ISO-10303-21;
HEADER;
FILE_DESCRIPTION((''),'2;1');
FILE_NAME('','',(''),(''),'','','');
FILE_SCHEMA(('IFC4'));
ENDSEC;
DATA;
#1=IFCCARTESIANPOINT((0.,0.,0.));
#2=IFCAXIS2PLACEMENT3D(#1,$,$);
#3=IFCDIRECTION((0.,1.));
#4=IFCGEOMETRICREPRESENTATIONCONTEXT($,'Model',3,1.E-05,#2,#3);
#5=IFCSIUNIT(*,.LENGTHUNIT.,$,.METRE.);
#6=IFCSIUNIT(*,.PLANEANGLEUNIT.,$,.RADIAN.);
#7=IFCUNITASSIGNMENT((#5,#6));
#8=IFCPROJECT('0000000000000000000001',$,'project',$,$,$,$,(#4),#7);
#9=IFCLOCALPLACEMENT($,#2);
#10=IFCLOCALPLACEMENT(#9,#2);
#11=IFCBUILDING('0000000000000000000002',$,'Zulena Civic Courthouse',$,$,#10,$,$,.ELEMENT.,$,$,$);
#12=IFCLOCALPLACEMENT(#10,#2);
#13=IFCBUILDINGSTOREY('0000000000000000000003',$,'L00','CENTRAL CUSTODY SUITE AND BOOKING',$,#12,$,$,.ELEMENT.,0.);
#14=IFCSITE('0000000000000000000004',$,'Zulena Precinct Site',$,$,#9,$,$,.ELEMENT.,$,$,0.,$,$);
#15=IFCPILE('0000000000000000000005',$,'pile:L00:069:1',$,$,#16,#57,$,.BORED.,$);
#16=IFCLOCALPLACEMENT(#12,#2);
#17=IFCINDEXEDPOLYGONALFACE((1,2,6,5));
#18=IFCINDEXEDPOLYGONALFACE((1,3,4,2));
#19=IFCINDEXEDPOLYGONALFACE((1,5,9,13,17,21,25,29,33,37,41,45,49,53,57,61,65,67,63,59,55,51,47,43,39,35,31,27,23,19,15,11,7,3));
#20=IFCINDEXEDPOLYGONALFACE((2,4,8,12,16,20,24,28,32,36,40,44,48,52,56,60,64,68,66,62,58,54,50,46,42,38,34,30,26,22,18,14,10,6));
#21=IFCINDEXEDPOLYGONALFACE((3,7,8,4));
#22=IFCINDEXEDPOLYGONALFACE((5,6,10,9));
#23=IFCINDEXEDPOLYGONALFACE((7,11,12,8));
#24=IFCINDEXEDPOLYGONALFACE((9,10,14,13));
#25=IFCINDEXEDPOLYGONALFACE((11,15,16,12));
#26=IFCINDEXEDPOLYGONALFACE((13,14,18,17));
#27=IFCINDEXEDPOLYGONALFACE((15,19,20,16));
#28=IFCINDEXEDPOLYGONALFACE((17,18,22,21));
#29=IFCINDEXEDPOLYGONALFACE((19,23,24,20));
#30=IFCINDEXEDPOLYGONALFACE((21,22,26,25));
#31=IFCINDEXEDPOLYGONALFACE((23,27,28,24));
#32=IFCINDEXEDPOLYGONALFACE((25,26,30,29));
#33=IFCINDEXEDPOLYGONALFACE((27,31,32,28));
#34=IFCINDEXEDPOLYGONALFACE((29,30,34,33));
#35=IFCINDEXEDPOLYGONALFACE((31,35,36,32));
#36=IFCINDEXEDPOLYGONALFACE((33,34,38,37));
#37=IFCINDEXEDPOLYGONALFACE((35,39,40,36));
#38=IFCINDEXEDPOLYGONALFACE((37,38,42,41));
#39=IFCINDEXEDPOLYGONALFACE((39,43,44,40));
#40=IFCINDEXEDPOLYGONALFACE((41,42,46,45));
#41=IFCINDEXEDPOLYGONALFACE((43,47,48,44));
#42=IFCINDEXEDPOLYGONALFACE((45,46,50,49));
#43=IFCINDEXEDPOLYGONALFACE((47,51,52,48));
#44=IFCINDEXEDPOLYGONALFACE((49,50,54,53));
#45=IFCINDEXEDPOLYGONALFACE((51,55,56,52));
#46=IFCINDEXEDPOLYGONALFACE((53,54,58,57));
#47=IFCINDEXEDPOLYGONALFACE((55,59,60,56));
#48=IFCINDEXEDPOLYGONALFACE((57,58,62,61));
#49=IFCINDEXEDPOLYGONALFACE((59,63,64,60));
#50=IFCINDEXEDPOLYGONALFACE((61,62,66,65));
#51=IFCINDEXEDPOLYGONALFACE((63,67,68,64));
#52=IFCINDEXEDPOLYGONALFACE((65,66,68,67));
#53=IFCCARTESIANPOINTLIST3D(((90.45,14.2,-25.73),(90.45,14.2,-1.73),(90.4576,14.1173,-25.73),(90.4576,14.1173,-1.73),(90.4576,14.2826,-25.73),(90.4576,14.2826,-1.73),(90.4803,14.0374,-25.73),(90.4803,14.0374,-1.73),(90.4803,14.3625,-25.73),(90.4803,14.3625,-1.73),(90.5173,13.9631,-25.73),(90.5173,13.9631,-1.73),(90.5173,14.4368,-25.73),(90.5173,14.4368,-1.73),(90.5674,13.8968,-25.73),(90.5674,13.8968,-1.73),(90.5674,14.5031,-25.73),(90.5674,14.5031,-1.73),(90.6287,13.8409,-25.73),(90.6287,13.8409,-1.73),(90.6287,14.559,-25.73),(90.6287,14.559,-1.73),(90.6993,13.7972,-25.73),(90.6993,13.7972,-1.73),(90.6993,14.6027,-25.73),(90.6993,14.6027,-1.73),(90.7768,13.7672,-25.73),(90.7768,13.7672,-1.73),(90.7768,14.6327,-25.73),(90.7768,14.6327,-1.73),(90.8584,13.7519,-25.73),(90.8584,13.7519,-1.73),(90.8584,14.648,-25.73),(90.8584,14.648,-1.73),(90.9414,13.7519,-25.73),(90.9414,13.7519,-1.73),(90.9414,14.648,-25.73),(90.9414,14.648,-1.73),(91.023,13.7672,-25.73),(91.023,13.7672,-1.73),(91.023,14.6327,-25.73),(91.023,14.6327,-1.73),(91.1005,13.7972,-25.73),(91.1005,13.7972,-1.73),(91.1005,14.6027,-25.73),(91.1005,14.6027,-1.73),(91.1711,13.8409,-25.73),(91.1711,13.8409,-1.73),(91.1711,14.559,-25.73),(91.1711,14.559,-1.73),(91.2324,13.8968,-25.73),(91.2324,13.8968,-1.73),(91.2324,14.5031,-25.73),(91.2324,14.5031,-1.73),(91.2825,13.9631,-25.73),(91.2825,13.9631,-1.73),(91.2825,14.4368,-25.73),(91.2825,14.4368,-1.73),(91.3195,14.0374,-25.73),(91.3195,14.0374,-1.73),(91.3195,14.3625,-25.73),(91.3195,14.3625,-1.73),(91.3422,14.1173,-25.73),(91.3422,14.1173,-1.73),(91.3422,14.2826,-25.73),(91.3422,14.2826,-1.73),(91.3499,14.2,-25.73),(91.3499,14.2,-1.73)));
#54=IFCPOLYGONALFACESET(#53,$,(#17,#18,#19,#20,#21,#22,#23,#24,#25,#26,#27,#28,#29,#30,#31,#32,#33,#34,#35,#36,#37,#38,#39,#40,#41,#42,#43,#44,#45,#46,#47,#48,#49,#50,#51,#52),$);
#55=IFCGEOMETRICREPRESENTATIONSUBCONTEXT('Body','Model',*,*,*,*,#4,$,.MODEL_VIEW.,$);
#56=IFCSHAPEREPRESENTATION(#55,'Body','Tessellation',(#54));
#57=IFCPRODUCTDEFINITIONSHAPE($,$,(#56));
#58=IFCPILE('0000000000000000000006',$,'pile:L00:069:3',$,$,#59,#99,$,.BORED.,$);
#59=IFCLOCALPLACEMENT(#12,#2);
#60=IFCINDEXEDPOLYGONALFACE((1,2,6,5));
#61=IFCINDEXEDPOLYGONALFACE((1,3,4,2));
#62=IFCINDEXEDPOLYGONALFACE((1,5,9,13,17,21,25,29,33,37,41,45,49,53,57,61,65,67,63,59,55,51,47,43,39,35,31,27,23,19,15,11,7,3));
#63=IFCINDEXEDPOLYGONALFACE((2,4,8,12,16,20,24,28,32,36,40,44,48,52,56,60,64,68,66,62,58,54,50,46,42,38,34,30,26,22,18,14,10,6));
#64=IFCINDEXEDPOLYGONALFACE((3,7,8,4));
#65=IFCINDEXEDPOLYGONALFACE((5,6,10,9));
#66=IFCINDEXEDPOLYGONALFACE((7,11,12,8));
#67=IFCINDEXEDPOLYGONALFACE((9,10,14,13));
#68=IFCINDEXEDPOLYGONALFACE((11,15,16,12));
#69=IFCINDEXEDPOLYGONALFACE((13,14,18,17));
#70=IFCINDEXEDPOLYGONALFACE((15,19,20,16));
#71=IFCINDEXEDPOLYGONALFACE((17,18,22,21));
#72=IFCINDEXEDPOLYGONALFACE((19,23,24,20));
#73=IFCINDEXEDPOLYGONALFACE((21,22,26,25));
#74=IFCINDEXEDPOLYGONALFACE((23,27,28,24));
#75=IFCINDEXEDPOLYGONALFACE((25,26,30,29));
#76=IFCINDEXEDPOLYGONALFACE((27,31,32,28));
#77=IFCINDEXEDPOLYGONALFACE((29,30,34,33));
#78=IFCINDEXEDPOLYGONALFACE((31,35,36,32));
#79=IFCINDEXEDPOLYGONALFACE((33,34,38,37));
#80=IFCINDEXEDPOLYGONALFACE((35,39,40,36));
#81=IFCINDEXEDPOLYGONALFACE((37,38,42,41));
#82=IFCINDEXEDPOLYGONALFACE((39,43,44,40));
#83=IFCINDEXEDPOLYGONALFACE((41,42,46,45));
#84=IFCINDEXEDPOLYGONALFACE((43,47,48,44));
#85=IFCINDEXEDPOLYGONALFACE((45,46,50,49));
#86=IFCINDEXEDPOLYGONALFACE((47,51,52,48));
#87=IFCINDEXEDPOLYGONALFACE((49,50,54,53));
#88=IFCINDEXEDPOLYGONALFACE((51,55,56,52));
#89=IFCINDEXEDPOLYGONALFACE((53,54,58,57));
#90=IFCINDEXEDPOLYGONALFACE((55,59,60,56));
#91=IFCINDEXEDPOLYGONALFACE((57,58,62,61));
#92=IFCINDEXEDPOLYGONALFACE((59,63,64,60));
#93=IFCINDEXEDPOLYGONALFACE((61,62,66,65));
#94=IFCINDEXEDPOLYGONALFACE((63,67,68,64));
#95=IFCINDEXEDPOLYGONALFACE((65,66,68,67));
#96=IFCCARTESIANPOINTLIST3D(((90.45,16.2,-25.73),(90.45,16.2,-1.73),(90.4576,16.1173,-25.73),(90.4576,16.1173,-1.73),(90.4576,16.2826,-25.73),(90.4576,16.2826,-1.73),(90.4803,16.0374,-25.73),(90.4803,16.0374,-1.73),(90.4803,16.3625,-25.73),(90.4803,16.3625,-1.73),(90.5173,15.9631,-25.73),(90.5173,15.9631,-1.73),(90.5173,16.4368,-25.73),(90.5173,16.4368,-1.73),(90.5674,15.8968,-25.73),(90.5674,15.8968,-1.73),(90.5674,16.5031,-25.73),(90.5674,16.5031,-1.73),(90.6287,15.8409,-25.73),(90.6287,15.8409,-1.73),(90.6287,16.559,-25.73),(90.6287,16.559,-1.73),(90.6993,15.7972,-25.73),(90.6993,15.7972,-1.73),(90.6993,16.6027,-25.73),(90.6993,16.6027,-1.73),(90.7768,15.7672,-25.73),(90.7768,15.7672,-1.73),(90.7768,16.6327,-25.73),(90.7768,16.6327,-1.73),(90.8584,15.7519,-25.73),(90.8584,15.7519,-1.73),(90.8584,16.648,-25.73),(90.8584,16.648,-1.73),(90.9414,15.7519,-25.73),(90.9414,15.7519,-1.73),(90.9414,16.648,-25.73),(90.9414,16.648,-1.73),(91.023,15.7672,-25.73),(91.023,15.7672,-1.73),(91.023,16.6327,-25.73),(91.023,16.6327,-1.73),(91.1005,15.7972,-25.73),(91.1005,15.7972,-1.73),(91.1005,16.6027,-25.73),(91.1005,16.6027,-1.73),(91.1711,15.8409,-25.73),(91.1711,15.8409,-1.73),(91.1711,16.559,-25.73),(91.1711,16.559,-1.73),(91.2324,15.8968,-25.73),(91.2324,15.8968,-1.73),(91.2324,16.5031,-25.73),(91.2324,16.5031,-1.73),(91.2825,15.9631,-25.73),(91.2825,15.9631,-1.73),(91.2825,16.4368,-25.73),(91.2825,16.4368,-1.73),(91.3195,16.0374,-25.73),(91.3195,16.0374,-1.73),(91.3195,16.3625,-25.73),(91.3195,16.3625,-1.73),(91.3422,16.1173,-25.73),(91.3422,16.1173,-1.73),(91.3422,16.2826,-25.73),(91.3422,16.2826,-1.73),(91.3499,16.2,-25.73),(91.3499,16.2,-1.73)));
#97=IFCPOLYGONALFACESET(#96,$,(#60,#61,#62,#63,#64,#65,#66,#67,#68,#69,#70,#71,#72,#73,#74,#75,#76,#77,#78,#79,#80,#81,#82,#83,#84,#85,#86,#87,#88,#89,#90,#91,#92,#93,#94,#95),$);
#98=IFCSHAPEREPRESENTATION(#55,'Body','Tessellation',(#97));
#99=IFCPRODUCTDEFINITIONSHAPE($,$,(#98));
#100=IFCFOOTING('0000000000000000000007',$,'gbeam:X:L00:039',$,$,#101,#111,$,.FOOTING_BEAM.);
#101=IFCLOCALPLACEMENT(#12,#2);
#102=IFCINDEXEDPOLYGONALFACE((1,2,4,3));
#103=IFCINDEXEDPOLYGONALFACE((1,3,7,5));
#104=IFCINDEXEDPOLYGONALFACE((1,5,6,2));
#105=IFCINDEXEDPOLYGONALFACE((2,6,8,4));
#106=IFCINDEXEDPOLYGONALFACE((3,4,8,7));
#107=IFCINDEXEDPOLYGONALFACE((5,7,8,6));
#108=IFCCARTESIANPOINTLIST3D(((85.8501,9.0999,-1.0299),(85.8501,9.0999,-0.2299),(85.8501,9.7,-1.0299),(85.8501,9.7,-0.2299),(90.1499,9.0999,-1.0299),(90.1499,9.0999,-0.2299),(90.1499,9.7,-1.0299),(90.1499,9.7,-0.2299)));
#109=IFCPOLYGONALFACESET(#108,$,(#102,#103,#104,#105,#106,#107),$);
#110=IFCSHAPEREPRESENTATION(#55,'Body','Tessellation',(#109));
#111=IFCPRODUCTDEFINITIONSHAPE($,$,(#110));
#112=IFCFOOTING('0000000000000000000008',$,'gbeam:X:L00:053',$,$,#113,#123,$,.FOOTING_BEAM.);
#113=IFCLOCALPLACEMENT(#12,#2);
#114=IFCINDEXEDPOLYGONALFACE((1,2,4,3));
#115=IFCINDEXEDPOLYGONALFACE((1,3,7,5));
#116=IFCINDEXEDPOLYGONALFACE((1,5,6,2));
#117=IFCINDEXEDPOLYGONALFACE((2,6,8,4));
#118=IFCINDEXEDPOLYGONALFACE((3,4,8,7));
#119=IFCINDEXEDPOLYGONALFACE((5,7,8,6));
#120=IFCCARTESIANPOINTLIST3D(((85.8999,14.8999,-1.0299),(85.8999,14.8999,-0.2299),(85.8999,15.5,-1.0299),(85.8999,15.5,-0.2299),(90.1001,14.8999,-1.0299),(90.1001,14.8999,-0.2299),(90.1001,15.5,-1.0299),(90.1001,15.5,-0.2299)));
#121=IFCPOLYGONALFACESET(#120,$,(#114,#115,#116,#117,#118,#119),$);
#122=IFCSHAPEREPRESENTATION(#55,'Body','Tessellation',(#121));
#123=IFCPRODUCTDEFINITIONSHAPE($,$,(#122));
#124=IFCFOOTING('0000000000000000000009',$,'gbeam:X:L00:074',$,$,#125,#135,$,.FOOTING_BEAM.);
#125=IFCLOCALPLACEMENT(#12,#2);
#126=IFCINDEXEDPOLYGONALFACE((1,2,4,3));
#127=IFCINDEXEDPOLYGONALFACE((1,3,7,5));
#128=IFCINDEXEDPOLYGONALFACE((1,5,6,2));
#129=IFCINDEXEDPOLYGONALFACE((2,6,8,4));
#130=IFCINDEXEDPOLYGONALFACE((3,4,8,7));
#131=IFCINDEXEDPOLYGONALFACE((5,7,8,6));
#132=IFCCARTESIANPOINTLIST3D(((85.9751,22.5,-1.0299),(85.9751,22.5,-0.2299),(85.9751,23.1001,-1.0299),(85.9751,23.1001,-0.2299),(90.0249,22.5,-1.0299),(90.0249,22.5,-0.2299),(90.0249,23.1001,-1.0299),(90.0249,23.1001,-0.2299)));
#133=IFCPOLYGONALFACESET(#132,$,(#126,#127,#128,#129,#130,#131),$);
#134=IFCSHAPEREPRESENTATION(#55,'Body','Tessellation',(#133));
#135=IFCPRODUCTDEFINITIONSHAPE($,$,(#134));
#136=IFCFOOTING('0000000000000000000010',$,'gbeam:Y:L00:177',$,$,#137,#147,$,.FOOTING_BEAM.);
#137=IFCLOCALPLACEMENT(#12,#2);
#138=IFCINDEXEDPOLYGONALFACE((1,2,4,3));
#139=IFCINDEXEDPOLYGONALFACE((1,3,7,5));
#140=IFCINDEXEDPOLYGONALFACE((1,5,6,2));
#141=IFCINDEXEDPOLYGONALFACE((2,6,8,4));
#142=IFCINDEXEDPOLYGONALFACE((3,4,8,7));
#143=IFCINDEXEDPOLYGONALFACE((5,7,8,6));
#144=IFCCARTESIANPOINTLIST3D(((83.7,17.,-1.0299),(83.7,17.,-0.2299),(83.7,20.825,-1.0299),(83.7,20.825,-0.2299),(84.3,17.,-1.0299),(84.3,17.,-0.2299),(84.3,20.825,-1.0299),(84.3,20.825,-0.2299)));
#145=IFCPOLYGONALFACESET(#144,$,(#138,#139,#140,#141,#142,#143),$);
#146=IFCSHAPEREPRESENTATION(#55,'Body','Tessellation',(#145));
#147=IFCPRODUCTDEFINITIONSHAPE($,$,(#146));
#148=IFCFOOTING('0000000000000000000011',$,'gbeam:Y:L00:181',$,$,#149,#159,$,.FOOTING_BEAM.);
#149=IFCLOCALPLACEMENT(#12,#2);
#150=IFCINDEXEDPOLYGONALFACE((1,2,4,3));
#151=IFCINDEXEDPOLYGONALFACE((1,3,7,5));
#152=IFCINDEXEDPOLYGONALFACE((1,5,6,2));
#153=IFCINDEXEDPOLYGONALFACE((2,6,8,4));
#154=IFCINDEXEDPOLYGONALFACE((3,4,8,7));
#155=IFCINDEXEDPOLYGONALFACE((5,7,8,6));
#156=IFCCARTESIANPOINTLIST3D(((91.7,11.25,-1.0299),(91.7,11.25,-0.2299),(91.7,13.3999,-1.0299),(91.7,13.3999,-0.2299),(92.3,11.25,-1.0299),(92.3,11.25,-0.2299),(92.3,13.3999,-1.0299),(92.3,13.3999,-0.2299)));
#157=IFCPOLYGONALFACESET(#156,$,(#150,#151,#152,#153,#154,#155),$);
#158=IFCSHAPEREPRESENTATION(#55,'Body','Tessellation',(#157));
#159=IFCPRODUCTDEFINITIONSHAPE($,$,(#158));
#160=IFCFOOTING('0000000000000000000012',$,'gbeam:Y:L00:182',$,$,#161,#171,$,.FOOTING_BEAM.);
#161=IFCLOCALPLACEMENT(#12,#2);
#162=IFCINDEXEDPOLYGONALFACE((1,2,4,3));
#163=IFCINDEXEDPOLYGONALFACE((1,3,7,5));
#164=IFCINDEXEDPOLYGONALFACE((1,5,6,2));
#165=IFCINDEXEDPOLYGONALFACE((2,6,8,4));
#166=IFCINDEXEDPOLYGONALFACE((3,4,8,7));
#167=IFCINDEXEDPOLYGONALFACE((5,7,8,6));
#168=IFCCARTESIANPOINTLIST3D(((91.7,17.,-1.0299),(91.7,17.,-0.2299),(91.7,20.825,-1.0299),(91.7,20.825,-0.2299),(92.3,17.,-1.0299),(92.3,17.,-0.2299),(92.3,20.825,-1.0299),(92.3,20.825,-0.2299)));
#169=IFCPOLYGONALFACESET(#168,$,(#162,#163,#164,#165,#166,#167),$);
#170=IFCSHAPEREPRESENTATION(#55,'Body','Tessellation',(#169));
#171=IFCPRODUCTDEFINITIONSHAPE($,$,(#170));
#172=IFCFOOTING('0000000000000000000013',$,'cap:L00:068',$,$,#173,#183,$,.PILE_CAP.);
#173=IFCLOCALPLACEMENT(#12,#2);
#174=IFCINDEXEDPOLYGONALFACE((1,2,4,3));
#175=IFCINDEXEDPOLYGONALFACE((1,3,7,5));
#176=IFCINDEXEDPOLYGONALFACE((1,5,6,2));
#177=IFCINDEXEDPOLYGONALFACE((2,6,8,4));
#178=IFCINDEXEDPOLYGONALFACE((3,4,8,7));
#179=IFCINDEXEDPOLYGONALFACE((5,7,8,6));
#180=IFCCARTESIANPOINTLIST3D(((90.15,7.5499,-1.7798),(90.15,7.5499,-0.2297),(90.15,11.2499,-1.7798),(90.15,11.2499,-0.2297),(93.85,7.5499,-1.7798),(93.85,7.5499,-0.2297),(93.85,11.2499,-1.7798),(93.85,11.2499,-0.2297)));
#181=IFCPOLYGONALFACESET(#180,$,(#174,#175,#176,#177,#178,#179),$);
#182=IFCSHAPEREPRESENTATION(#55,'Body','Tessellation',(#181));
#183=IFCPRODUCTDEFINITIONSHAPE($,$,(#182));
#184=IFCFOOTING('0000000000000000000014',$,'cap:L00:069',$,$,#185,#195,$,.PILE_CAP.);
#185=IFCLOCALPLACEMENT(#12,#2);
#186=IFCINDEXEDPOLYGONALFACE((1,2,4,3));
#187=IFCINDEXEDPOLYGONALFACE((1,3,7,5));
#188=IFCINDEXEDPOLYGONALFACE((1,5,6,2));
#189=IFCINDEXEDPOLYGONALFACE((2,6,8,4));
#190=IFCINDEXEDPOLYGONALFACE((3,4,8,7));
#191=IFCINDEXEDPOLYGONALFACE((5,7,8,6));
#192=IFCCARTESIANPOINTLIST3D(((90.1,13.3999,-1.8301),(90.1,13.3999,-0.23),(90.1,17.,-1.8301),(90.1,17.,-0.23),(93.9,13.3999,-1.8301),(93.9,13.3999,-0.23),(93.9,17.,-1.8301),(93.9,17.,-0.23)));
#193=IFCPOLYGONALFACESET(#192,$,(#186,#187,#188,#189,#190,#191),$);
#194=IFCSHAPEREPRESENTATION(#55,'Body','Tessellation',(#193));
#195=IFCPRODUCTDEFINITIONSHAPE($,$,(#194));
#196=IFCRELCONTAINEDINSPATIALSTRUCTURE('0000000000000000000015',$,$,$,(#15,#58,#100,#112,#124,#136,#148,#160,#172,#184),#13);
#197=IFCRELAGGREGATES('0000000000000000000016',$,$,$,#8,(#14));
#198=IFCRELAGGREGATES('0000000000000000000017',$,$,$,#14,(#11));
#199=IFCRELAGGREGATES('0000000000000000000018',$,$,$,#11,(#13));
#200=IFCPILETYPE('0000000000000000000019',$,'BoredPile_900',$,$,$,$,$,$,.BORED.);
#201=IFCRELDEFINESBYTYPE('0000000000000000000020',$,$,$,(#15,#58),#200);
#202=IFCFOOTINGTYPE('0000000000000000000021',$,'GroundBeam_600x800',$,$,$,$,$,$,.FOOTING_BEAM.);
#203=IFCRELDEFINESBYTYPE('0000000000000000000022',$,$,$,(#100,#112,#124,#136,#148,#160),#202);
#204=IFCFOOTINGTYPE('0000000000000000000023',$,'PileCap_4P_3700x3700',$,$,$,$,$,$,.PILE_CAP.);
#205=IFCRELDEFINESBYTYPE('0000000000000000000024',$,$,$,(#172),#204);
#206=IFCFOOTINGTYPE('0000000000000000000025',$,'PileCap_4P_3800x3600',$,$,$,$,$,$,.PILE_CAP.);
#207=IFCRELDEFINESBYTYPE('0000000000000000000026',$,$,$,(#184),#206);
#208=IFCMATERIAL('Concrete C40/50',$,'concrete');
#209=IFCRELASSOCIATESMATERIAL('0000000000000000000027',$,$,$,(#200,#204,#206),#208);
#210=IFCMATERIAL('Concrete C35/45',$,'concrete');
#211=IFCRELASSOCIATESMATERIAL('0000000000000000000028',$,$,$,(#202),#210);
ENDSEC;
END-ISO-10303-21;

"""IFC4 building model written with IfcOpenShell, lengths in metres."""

from ifc_helpers import new_model, si_unit, direction, frame, origin, origin_2d, place, context, subcontext, project, spatial, rectangle, circle, extrude, material, material_profile, profile_set, type_object, element, save


model = new_model("IFC4")

# Units and contexts
model_context = context("Model", 3, precision=1e-05, world=origin(), true_north=direction((0.0, 1.0)))
body_context = subcontext(model_context, "Body", "Model", "MODEL_VIEW")
ifc_project = project(units=[si_unit("LENGTHUNIT", "METRE"), si_unit("PLANEANGLEUNIT", "RADIAN")], contexts=[model_context])

# Site, building, storey
site_placement = place(None, origin())
site = spatial("IfcSite", under=ifc_project, at=site_placement, Name="Zulena Precinct Site", CompositionType="ELEMENT", RefElevation=0.0)
building_placement = place(site_placement, origin())
building = spatial("IfcBuilding", under=site, at=building_placement, Name="Zulena Civic Courthouse", CompositionType="ELEMENT")
storey_placement = place(building_placement, origin())
storey = spatial("IfcBuildingStorey", under=building, at=storey_placement, Name="L00", Description="CENTRAL CUSTODY SUITE AND BOOKING", CompositionType="ELEMENT", Elevation=0.0)

# Piles
ifc_material_1 = material(Name="Concrete C40/50", Category="concrete")
ifc_material_profile_1 = material_profile(ifc_material_1, circle(Radius=0.45, at=origin_2d()), Name="PILE900")
ifc_profile_set_1 = profile_set([ifc_material_profile_1], Name="Concrete C40/50")
pile_type_1 = type_object("IfcPileType", Name="BoredPile_900", PredefinedType="BORED", material=ifc_profile_set_1)
for number, where, z_axis, x_axis, name in (
    (1, (90.8999, 14.2, -1.73), (0.0, 0.0, -1.0), (1.0, 0.0, 0.0), "pile:L00:069:1"),
    (2, (90.8999, 16.2, -1.73), (0.0, 0.0, -1.0), (1.0, 0.0, 0.0), "pile:L00:069:3"),
):
    element("IfcPile", number, at=place(storey_placement, frame(where, z_axis=z_axis, x_axis=x_axis)), inside=storey, type_object=pile_type_1, Name=name, PredefinedType="BORED", context=body_context, shape_type="SweptSolid", body=[
        extrude(circle(Radius=0.45, at=origin_2d()), origin(), (0.0, 0.0, 1.0), 24.0),
    ])

# Footings
ifc_material_2 = material(Name="Concrete C35/45", Category="concrete")
ifc_material_profile_2 = material_profile(ifc_material_2, rectangle(XDim=0.6001, YDim=0.8, at=origin_2d()), Name="RC600X800")
ifc_profile_set_2 = profile_set([ifc_material_profile_2], Name="Concrete C35/45")
footing_type_1 = type_object("IfcFootingType", Name="GroundBeam_600x800", PredefinedType="FOOTING_BEAM", material=ifc_profile_set_2)
footing_1_placement = place(storey_placement, frame((85.8501, 9.3999, -0.6299), z_axis=(1.0, 0.0, 0.0), x_axis=(0.0, 1.0, 0.0)))
element("IfcFooting", 3, at=footing_1_placement, inside=storey, type_object=footing_type_1, Name="gbeam:X:L00:039", PredefinedType="FOOTING_BEAM", context=body_context, shape_type="SweptSolid", body=[
    extrude(rectangle(XDim=0.6001, YDim=0.8, at=origin_2d()), origin(), (0.0, 0.0, 1.0), 4.2998),
])
footing_2_placement = place(storey_placement, frame((85.8999, 15.2, -0.6299), z_axis=(1.0, 0.0, 0.0), x_axis=(0.0, 1.0, 0.0)))
element("IfcFooting", 4, at=footing_2_placement, inside=storey, type_object=footing_type_1, Name="gbeam:X:L00:053", PredefinedType="FOOTING_BEAM", context=body_context, shape_type="SweptSolid", body=[
    extrude(rectangle(XDim=0.6001, YDim=0.8, at=origin_2d()), origin(), (0.0, 0.0, 1.0), 4.2002),
])
footing_3_placement = place(storey_placement, frame((85.9751, 22.8, -0.6299), z_axis=(1.0, 0.0, 0.0), x_axis=(0.0, 1.0, 0.0)))
element("IfcFooting", 5, at=footing_3_placement, inside=storey, type_object=footing_type_1, Name="gbeam:X:L00:074", PredefinedType="FOOTING_BEAM", context=body_context, shape_type="SweptSolid", body=[
    extrude(rectangle(XDim=0.6001, YDim=0.8, at=origin_2d()), origin(), (0.0, 0.0, 1.0), 4.0498),
])
footing_4_placement = place(storey_placement, frame((84.0, 17.0, -0.6299), z_axis=(0.0, 1.0, 0.0), x_axis=(-1.0, 0.0, 0.0)))
element("IfcFooting", 6, at=footing_4_placement, inside=storey, type_object=footing_type_1, Name="gbeam:Y:L00:177", PredefinedType="FOOTING_BEAM", context=body_context, shape_type="SweptSolid", body=[
    extrude(rectangle(XDim=0.6001, YDim=0.8, at=origin_2d()), origin(), (0.0, 0.0, 1.0), 3.825),
])
footing_5_placement = place(storey_placement, frame((92.0, 11.25, -0.6299), z_axis=(0.0, 1.0, 0.0), x_axis=(-1.0, 0.0, 0.0)))
element("IfcFooting", 7, at=footing_5_placement, inside=storey, type_object=footing_type_1, Name="gbeam:Y:L00:181", PredefinedType="FOOTING_BEAM", context=body_context, shape_type="SweptSolid", body=[
    extrude(rectangle(XDim=0.6001, YDim=0.8, at=origin_2d()), origin(), (0.0, 0.0, 1.0), 2.1499),
])
footing_6_placement = place(storey_placement, frame((92.0, 17.0, -0.6299), z_axis=(0.0, 1.0, 0.0), x_axis=(-1.0, 0.0, 0.0)))
element("IfcFooting", 8, at=footing_6_placement, inside=storey, type_object=footing_type_1, Name="gbeam:Y:L00:182", PredefinedType="FOOTING_BEAM", context=body_context, shape_type="SweptSolid", body=[
    extrude(rectangle(XDim=0.6001, YDim=0.8, at=origin_2d()), origin(), (0.0, 0.0, 1.0), 3.825),
])
footing_type_2 = type_object("IfcFootingType", Name="PileCap_4P_3700x3700", PredefinedType="PILE_CAP", material=ifc_material_1)
footing_7_placement = place(storey_placement, frame((92.0, 9.3999, -1.7798), z_axis=(0.0, 0.0, 1.0), x_axis=(1.0, 0.0, 0.0)))
element("IfcFooting", 9, at=footing_7_placement, inside=storey, type_object=footing_type_2, Name="cap:L00:068", PredefinedType="PILE_CAP", context=body_context, shape_type="SweptSolid", body=[
    extrude(rectangle(XDim=3.7, YDim=3.7, at=origin_2d()), origin(), (0.0, 0.0, 1.0), 1.55),
])
footing_type_3 = type_object("IfcFootingType", Name="PileCap_4P_3800x3600", PredefinedType="PILE_CAP", material=ifc_material_1)
footing_8_placement = place(storey_placement, frame((92.0, 15.2, -1.8301), z_axis=(0.0, 0.0, 1.0), x_axis=(1.0, 0.0, 0.0)))
element("IfcFooting", 10, at=footing_8_placement, inside=storey, type_object=footing_type_3, Name="cap:L00:069", PredefinedType="PILE_CAP", context=body_context, shape_type="SweptSolid", body=[
    extrude(rectangle(XDim=3.8, YDim=3.6001, at=origin_2d()), origin(), (0.0, 0.0, 1.0), 1.6001),
])

save(model, "model.ifc")
